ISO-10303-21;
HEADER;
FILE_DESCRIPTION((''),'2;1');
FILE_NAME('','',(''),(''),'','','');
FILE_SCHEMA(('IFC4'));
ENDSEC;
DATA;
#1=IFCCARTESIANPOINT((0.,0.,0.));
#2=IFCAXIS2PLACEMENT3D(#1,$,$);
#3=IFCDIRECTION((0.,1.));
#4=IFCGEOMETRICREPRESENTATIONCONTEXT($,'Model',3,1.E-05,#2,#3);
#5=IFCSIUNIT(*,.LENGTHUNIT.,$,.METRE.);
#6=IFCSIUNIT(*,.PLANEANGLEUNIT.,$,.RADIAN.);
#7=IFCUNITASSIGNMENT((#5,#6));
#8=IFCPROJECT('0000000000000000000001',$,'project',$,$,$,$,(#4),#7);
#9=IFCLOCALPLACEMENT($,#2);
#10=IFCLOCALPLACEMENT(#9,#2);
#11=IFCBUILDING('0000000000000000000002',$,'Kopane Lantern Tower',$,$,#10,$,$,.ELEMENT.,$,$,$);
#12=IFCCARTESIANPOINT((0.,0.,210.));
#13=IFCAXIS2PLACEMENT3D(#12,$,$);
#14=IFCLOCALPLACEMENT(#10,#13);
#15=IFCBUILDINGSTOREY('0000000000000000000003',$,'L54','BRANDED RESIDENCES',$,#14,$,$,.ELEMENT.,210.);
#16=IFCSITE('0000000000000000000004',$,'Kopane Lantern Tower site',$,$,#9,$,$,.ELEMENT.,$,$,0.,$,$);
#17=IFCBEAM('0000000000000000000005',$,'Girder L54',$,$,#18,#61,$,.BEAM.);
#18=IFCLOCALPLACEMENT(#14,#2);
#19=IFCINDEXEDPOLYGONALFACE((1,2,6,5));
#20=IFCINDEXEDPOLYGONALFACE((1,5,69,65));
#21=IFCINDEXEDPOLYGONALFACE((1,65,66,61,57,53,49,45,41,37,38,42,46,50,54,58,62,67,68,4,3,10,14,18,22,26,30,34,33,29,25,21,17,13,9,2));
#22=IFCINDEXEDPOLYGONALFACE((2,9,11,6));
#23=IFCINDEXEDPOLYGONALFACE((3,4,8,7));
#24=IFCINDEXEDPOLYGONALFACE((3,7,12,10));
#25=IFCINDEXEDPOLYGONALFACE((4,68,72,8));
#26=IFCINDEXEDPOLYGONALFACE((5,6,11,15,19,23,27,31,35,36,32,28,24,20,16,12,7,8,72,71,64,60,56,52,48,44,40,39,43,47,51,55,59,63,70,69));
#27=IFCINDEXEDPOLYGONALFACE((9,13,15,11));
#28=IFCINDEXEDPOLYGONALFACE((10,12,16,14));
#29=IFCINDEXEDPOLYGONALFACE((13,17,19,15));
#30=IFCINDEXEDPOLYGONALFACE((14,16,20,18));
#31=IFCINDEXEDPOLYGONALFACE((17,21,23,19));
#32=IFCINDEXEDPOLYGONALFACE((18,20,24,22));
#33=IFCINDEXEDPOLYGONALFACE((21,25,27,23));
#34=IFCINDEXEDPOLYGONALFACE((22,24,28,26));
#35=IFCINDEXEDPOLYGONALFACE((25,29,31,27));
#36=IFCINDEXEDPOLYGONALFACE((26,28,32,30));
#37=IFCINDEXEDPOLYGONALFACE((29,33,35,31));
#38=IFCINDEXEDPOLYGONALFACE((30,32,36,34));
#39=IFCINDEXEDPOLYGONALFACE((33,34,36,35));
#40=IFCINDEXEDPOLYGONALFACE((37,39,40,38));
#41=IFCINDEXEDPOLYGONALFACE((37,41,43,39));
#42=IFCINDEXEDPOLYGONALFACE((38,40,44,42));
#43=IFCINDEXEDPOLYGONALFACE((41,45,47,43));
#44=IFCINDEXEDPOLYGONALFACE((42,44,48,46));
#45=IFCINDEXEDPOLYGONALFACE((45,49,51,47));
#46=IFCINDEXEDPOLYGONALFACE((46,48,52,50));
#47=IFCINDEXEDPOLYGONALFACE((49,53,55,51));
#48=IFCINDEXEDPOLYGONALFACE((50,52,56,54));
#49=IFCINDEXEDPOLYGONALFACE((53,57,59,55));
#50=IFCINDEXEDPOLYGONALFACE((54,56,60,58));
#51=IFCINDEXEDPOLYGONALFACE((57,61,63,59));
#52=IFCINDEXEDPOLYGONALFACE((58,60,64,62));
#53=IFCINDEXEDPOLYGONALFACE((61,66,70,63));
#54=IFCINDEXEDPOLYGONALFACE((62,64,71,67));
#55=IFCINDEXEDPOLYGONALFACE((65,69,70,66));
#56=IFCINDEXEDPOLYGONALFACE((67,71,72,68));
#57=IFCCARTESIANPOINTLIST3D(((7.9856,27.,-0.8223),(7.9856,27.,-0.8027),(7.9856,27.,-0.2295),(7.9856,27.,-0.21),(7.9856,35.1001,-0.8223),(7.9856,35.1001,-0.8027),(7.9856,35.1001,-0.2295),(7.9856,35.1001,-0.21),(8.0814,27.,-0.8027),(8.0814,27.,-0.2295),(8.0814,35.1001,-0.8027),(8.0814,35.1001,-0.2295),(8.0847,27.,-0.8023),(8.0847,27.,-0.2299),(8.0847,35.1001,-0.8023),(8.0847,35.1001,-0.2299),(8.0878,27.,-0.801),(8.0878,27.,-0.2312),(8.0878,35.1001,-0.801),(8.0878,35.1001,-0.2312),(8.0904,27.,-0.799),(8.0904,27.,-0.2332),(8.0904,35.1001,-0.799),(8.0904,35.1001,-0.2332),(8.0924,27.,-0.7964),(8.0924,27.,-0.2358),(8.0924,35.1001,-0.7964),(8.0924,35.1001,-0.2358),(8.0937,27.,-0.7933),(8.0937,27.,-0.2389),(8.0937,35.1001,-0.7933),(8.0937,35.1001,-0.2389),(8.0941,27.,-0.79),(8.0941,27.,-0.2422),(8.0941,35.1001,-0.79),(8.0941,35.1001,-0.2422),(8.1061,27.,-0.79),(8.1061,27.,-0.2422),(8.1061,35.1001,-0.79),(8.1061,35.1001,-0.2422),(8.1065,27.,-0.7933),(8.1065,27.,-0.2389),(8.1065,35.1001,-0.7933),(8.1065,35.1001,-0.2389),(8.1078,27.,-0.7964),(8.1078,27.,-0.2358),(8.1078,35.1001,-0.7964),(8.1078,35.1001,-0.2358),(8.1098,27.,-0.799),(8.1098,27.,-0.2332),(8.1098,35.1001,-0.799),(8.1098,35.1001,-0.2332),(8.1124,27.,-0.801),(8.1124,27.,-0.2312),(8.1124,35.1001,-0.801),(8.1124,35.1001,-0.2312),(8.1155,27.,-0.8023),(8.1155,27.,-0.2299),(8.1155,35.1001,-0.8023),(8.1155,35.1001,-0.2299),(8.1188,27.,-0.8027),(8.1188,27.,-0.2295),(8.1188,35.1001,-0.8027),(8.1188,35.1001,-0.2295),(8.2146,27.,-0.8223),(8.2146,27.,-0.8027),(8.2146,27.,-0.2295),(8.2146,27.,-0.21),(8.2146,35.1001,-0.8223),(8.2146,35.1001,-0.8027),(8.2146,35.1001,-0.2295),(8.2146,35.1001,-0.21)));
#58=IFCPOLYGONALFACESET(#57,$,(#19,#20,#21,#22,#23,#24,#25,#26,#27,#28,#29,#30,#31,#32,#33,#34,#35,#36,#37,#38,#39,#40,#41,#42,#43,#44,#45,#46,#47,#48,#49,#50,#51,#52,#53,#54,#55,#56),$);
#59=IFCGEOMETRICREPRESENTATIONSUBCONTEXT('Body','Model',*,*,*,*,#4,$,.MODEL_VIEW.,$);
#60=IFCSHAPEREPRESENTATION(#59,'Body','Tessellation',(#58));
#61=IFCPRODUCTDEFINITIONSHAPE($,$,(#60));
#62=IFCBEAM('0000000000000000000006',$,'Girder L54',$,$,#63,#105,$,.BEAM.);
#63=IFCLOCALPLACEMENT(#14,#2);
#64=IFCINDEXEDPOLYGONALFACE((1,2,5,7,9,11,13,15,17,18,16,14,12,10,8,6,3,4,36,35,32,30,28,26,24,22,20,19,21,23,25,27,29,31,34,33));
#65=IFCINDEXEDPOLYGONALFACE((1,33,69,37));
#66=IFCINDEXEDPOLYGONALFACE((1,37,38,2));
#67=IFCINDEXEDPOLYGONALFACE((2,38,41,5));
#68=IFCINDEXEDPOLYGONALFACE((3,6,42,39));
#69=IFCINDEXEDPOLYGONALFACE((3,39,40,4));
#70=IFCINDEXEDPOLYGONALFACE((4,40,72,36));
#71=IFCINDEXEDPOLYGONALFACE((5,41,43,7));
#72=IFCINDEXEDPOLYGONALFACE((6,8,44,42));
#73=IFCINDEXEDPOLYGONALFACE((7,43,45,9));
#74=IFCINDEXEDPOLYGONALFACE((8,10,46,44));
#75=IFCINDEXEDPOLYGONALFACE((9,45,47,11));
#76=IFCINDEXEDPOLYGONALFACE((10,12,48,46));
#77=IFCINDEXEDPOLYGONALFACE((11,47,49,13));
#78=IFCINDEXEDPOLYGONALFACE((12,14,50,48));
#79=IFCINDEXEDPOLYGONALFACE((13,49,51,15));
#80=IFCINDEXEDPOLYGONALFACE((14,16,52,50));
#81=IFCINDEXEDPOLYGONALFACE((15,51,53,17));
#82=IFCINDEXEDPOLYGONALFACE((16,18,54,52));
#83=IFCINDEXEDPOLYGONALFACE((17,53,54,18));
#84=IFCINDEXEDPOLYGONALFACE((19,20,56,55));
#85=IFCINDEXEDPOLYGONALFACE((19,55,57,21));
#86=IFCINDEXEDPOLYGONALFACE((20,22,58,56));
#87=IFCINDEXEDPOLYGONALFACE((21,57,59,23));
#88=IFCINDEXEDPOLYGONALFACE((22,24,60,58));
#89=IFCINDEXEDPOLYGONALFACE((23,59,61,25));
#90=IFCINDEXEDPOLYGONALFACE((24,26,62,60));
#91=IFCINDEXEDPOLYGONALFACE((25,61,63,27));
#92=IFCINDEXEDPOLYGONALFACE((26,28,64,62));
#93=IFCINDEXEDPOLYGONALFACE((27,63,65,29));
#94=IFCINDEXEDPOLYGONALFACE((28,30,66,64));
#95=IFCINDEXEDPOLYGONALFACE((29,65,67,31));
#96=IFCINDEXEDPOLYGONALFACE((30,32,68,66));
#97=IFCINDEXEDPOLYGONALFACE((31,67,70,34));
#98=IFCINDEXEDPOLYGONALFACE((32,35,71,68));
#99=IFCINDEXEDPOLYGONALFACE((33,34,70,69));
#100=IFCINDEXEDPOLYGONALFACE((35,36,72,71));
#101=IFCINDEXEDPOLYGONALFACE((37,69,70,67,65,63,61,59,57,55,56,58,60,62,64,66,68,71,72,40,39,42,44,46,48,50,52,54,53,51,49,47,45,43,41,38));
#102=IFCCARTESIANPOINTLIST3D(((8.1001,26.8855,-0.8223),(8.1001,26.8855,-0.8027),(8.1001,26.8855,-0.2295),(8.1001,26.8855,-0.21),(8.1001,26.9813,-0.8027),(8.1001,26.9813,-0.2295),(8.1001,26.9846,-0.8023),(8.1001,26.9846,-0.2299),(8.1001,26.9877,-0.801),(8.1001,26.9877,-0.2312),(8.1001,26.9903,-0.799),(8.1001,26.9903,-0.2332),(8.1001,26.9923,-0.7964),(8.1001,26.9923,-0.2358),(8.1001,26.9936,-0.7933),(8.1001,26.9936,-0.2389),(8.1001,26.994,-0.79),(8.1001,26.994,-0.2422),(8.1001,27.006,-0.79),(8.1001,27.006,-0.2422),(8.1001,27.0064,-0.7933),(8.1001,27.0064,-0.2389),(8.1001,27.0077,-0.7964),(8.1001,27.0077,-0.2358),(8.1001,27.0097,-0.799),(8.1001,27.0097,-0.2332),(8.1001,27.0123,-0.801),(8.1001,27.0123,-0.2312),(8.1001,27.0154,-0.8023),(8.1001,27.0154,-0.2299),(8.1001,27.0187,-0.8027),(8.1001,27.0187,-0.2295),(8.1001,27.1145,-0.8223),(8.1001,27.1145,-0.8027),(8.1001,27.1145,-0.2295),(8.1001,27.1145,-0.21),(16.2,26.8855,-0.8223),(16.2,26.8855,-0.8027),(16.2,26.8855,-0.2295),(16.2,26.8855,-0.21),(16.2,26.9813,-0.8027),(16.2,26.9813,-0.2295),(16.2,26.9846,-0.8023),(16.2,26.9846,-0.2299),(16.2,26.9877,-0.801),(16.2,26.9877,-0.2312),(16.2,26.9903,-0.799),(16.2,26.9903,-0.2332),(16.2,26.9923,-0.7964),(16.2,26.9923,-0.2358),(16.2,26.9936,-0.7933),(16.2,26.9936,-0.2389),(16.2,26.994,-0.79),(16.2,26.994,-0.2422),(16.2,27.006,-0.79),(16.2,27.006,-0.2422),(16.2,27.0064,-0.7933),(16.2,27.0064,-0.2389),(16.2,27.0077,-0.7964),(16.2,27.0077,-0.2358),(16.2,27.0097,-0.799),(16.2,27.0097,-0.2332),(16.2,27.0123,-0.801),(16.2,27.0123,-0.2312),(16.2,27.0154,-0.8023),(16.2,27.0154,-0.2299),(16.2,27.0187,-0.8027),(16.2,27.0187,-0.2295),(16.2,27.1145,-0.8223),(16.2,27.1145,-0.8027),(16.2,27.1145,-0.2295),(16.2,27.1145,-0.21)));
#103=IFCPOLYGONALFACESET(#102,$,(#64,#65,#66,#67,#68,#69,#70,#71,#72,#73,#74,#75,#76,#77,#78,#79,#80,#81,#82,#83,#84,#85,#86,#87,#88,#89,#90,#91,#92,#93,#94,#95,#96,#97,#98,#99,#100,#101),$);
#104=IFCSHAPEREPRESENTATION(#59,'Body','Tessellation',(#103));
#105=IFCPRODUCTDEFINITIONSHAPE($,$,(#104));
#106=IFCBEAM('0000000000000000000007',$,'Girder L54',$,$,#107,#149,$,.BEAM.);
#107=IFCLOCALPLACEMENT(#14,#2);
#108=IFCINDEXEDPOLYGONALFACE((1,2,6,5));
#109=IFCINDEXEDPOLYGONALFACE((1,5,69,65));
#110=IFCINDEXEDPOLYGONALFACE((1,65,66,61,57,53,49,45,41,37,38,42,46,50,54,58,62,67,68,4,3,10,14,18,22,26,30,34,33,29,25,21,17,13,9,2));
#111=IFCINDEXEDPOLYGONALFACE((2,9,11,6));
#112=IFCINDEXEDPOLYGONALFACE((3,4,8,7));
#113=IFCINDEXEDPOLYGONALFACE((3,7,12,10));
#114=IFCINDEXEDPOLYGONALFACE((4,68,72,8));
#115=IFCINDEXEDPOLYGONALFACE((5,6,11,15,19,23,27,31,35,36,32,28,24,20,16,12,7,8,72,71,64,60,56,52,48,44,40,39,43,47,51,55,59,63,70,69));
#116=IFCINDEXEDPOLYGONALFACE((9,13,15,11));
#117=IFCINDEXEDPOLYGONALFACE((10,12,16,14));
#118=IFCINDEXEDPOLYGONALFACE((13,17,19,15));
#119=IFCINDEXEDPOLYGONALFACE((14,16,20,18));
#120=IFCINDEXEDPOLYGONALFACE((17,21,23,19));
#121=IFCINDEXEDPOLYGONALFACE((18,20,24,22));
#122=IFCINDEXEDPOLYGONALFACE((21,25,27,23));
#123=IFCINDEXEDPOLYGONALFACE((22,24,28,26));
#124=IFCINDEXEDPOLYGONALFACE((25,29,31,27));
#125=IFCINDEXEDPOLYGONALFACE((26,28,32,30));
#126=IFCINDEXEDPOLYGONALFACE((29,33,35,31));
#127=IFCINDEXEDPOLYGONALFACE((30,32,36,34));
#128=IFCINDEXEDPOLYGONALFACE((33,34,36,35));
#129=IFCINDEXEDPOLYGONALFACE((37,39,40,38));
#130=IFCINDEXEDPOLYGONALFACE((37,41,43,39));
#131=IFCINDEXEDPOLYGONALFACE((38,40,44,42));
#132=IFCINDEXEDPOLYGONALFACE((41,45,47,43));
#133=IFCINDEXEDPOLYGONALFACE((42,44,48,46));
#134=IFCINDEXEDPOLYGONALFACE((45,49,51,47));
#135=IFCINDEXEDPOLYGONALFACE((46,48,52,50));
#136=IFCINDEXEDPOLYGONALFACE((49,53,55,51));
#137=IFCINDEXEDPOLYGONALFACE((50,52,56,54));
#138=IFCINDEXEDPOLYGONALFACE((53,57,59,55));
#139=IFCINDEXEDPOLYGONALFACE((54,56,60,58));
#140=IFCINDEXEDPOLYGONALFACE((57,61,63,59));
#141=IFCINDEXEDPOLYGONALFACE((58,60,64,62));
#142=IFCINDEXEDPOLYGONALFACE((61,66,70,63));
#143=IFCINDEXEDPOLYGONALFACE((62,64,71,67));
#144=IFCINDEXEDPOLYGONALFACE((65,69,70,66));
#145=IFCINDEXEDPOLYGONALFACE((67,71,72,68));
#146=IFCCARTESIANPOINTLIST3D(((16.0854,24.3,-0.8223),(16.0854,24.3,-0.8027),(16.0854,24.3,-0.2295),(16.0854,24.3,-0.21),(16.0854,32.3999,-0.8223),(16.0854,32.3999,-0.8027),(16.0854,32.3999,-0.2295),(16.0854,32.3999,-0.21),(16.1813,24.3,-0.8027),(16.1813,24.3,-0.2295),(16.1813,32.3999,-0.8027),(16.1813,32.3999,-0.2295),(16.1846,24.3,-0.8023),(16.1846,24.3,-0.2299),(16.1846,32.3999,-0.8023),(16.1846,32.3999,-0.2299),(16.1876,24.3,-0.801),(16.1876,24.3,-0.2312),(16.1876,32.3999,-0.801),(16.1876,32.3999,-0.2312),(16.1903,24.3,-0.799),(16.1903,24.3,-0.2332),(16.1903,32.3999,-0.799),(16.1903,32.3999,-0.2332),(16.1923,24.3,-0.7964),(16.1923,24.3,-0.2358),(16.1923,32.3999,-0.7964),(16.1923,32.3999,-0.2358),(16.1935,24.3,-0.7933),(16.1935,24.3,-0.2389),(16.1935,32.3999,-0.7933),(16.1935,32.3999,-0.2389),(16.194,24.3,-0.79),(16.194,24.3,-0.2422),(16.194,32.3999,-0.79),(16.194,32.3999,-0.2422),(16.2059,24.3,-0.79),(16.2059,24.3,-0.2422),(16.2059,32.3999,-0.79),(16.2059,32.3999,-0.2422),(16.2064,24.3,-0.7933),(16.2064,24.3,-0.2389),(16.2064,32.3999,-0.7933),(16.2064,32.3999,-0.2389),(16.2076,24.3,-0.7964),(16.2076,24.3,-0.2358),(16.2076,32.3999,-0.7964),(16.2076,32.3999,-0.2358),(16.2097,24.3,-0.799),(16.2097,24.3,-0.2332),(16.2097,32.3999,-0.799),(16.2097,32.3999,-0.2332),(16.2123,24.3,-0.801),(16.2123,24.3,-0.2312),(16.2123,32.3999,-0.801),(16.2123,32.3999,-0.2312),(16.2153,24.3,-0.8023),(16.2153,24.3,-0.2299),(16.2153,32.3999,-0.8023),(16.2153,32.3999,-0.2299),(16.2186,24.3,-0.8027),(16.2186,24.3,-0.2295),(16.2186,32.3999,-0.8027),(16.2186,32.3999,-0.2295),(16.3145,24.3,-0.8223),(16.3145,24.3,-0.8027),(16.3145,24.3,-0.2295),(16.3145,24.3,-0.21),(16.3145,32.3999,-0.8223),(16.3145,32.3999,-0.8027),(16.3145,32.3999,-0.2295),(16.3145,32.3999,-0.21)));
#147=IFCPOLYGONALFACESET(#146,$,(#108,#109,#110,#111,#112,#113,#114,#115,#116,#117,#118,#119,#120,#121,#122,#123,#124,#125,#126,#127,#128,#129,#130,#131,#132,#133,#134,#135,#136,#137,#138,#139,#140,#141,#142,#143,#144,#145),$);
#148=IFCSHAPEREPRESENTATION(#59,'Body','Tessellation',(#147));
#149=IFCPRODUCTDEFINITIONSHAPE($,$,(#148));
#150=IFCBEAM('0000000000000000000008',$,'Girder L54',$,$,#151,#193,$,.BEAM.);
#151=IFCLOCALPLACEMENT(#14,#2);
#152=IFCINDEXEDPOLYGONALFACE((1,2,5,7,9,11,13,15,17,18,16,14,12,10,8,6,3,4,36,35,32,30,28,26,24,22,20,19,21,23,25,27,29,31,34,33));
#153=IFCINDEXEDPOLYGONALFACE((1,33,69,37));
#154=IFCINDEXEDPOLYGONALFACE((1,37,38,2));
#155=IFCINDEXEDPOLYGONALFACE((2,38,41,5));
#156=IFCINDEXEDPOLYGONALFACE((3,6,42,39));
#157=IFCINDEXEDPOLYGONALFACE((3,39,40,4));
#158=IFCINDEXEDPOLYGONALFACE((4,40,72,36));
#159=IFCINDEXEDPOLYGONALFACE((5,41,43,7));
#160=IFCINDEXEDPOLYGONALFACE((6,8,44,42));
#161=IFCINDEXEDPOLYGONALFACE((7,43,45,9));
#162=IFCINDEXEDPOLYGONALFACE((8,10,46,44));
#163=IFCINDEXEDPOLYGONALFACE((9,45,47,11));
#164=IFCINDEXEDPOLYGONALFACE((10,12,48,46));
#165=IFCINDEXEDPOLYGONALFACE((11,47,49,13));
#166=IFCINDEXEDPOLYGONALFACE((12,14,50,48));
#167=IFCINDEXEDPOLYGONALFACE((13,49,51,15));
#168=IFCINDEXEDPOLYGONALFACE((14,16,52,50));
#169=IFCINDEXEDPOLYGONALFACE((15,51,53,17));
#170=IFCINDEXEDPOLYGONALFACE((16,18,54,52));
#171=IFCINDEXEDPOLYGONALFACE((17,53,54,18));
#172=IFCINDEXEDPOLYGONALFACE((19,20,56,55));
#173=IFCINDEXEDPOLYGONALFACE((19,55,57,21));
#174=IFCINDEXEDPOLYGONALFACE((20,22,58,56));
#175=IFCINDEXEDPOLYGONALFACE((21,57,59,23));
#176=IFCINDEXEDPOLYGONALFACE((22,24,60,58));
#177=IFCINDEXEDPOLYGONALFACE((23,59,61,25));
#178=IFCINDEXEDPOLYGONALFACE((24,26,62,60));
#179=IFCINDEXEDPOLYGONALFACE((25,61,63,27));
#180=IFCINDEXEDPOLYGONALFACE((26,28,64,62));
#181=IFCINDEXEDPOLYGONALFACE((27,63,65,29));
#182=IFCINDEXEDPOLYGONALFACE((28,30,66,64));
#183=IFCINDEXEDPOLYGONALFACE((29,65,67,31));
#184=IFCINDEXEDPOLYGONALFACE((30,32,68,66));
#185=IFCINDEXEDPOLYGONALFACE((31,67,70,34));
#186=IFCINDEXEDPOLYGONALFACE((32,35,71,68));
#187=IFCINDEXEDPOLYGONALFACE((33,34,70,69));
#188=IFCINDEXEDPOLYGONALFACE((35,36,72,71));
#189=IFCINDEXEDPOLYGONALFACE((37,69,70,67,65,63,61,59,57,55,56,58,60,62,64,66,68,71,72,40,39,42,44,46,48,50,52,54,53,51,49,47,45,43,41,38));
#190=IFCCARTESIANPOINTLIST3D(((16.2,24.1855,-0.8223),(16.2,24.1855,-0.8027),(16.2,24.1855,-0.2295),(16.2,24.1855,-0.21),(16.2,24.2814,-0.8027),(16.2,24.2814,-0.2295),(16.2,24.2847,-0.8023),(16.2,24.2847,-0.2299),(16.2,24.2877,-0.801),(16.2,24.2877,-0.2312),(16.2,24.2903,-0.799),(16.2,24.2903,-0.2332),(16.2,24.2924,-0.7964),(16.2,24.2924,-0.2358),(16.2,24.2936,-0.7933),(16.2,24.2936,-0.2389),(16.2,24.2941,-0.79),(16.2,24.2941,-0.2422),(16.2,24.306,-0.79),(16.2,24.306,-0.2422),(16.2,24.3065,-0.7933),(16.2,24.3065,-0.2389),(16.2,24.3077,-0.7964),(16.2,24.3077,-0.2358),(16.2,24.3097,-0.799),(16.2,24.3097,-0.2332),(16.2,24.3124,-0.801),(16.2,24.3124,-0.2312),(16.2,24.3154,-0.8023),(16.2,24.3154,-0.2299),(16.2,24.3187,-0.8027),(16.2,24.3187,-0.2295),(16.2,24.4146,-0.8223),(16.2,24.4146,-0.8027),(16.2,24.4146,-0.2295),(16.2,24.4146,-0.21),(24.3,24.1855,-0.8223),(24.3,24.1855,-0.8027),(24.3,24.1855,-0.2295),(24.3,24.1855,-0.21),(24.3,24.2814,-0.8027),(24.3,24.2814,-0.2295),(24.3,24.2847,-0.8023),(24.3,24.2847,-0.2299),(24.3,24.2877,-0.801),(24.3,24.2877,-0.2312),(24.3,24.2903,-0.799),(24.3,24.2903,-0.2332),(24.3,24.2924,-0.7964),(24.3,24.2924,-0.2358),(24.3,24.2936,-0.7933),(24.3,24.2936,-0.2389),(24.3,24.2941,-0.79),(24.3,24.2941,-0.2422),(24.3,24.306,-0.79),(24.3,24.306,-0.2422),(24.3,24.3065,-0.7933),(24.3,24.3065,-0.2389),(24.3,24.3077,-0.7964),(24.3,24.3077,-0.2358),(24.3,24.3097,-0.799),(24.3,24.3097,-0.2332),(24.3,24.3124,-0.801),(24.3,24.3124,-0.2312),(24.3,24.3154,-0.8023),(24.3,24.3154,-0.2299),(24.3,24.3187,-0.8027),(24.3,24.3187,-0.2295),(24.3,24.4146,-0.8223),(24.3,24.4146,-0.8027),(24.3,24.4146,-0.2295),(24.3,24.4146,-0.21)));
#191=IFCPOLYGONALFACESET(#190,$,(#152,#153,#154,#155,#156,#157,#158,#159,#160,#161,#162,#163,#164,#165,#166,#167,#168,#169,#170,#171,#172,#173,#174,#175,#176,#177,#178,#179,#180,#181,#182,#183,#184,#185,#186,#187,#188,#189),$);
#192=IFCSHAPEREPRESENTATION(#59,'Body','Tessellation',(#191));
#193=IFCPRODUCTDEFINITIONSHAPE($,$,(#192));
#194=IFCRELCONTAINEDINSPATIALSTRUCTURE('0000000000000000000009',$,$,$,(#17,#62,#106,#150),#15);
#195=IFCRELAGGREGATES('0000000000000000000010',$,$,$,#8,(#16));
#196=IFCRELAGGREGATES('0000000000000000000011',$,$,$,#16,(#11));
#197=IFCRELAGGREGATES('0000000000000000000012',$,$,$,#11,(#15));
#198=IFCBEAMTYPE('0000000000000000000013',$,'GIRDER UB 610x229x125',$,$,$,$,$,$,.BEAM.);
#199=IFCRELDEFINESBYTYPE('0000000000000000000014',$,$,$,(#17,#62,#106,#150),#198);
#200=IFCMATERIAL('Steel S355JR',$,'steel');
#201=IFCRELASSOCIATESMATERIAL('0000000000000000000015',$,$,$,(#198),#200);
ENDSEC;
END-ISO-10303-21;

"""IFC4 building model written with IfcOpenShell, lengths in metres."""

from ifc_helpers import new_model, si_unit, direction, frame, origin, origin_2d, place, context, subcontext, project, spatial, i_section, extrude, material, material_profile, profile_set, type_object, element, save


model = new_model("IFC4")

# Units and contexts
model_context = context("Model", 3, precision=1e-05, world=origin(), true_north=direction((0.0, 1.0)))
body_context = subcontext(model_context, "Body", "Model", "MODEL_VIEW")
ifc_project = project(units=[si_unit("LENGTHUNIT", "METRE"), si_unit("PLANEANGLEUNIT", "RADIAN")], contexts=[model_context])

# Site, building, storey
site_placement = place(None, origin())
site = spatial("IfcSite", under=ifc_project, at=site_placement, Name="Kopane Lantern Tower site", CompositionType="ELEMENT", RefElevation=0.0)
building_placement = place(site_placement, origin())
building = spatial("IfcBuilding", under=site, at=building_placement, Name="Kopane Lantern Tower", CompositionType="ELEMENT")
storey_placement = place(building_placement, frame((0.0, 0.0, 210.0)))
storey = spatial("IfcBuildingStorey", under=building, at=storey_placement, Name="L54", Description="BRANDED RESIDENCES", CompositionType="ELEMENT", Elevation=210.0)

# Beams
ifc_material_1 = material(Name="Steel S355JR", Category="steel")
ifc_material_profile_1 = material_profile(ifc_material_1, i_section(OverallWidth=0.229, OverallDepth=0.6123, WebThickness=0.012, FlangeThickness=0.0195, FilletRadius=0.0127, at=origin_2d()), Name="UB 610x229x125")
ifc_profile_set_1 = profile_set([ifc_material_profile_1], Name="Steel S355JR")
beam_type = type_object("IfcBeamType", Name="GIRDER UB 610x229x125", PredefinedType="BEAM", material=ifc_profile_set_1)
for number, where, z_axis, x_axis, name in (
    (1, (8.1001, 27.0, -0.5161), (0.0, 1.0, 0.0), (-1.0, 0.0, 0.0), "Girder L54"),
):
    element("IfcBeam", number, at=place(storey_placement, frame(where, z_axis=z_axis, x_axis=x_axis)), inside=storey, type_object=beam_type, Name=name, PredefinedType="BEAM", context=body_context, shape_type="SweptSolid", body=[
        extrude(i_section(OverallWidth=0.229, OverallDepth=0.6123, WebThickness=0.012, FlangeThickness=0.0195, FilletRadius=0.0127, at=origin_2d()), origin(), (0.0, 0.0, 1.0), 8.1001),
    ])
for number, where, z_axis, x_axis, name in (
    (2, (8.1001, 27.0, -0.5161), (1.0, 0.0, 0.0), (0.0, 1.0, 0.0), "Girder L54"),
    (3, (16.2, 24.3, -0.5161), (0.0, 1.0, 0.0), (-1.0, 0.0, 0.0), "Girder L54"),
):
    element("IfcBeam", number, at=place(storey_placement, frame(where, z_axis=z_axis, x_axis=x_axis)), inside=storey, type_object=beam_type, Name=name, PredefinedType="BEAM", context=body_context, shape_type="SweptSolid", body=[
        extrude(i_section(OverallWidth=0.229, OverallDepth=0.6123, WebThickness=0.012, FlangeThickness=0.0195, FilletRadius=0.0127, at=origin_2d()), origin(), (0.0, 0.0, 1.0), 8.0999),
    ])
beam_placement = place(storey_placement, frame((16.2, 24.3, -0.5161), z_axis=(1.0, 0.0, 0.0), x_axis=(0.0, 1.0, 0.0)))
element("IfcBeam", 4, at=beam_placement, inside=storey, type_object=beam_type, Name="Girder L54", PredefinedType="BEAM", context=body_context, shape_type="SweptSolid", body=[
    extrude(i_section(OverallWidth=0.229, OverallDepth=0.6123, WebThickness=0.012, FlangeThickness=0.0195, FilletRadius=0.0127, at=origin_2d()), origin(), (0.0, 0.0, 1.0), 8.1001),
])

save(model, "model.ifc")
